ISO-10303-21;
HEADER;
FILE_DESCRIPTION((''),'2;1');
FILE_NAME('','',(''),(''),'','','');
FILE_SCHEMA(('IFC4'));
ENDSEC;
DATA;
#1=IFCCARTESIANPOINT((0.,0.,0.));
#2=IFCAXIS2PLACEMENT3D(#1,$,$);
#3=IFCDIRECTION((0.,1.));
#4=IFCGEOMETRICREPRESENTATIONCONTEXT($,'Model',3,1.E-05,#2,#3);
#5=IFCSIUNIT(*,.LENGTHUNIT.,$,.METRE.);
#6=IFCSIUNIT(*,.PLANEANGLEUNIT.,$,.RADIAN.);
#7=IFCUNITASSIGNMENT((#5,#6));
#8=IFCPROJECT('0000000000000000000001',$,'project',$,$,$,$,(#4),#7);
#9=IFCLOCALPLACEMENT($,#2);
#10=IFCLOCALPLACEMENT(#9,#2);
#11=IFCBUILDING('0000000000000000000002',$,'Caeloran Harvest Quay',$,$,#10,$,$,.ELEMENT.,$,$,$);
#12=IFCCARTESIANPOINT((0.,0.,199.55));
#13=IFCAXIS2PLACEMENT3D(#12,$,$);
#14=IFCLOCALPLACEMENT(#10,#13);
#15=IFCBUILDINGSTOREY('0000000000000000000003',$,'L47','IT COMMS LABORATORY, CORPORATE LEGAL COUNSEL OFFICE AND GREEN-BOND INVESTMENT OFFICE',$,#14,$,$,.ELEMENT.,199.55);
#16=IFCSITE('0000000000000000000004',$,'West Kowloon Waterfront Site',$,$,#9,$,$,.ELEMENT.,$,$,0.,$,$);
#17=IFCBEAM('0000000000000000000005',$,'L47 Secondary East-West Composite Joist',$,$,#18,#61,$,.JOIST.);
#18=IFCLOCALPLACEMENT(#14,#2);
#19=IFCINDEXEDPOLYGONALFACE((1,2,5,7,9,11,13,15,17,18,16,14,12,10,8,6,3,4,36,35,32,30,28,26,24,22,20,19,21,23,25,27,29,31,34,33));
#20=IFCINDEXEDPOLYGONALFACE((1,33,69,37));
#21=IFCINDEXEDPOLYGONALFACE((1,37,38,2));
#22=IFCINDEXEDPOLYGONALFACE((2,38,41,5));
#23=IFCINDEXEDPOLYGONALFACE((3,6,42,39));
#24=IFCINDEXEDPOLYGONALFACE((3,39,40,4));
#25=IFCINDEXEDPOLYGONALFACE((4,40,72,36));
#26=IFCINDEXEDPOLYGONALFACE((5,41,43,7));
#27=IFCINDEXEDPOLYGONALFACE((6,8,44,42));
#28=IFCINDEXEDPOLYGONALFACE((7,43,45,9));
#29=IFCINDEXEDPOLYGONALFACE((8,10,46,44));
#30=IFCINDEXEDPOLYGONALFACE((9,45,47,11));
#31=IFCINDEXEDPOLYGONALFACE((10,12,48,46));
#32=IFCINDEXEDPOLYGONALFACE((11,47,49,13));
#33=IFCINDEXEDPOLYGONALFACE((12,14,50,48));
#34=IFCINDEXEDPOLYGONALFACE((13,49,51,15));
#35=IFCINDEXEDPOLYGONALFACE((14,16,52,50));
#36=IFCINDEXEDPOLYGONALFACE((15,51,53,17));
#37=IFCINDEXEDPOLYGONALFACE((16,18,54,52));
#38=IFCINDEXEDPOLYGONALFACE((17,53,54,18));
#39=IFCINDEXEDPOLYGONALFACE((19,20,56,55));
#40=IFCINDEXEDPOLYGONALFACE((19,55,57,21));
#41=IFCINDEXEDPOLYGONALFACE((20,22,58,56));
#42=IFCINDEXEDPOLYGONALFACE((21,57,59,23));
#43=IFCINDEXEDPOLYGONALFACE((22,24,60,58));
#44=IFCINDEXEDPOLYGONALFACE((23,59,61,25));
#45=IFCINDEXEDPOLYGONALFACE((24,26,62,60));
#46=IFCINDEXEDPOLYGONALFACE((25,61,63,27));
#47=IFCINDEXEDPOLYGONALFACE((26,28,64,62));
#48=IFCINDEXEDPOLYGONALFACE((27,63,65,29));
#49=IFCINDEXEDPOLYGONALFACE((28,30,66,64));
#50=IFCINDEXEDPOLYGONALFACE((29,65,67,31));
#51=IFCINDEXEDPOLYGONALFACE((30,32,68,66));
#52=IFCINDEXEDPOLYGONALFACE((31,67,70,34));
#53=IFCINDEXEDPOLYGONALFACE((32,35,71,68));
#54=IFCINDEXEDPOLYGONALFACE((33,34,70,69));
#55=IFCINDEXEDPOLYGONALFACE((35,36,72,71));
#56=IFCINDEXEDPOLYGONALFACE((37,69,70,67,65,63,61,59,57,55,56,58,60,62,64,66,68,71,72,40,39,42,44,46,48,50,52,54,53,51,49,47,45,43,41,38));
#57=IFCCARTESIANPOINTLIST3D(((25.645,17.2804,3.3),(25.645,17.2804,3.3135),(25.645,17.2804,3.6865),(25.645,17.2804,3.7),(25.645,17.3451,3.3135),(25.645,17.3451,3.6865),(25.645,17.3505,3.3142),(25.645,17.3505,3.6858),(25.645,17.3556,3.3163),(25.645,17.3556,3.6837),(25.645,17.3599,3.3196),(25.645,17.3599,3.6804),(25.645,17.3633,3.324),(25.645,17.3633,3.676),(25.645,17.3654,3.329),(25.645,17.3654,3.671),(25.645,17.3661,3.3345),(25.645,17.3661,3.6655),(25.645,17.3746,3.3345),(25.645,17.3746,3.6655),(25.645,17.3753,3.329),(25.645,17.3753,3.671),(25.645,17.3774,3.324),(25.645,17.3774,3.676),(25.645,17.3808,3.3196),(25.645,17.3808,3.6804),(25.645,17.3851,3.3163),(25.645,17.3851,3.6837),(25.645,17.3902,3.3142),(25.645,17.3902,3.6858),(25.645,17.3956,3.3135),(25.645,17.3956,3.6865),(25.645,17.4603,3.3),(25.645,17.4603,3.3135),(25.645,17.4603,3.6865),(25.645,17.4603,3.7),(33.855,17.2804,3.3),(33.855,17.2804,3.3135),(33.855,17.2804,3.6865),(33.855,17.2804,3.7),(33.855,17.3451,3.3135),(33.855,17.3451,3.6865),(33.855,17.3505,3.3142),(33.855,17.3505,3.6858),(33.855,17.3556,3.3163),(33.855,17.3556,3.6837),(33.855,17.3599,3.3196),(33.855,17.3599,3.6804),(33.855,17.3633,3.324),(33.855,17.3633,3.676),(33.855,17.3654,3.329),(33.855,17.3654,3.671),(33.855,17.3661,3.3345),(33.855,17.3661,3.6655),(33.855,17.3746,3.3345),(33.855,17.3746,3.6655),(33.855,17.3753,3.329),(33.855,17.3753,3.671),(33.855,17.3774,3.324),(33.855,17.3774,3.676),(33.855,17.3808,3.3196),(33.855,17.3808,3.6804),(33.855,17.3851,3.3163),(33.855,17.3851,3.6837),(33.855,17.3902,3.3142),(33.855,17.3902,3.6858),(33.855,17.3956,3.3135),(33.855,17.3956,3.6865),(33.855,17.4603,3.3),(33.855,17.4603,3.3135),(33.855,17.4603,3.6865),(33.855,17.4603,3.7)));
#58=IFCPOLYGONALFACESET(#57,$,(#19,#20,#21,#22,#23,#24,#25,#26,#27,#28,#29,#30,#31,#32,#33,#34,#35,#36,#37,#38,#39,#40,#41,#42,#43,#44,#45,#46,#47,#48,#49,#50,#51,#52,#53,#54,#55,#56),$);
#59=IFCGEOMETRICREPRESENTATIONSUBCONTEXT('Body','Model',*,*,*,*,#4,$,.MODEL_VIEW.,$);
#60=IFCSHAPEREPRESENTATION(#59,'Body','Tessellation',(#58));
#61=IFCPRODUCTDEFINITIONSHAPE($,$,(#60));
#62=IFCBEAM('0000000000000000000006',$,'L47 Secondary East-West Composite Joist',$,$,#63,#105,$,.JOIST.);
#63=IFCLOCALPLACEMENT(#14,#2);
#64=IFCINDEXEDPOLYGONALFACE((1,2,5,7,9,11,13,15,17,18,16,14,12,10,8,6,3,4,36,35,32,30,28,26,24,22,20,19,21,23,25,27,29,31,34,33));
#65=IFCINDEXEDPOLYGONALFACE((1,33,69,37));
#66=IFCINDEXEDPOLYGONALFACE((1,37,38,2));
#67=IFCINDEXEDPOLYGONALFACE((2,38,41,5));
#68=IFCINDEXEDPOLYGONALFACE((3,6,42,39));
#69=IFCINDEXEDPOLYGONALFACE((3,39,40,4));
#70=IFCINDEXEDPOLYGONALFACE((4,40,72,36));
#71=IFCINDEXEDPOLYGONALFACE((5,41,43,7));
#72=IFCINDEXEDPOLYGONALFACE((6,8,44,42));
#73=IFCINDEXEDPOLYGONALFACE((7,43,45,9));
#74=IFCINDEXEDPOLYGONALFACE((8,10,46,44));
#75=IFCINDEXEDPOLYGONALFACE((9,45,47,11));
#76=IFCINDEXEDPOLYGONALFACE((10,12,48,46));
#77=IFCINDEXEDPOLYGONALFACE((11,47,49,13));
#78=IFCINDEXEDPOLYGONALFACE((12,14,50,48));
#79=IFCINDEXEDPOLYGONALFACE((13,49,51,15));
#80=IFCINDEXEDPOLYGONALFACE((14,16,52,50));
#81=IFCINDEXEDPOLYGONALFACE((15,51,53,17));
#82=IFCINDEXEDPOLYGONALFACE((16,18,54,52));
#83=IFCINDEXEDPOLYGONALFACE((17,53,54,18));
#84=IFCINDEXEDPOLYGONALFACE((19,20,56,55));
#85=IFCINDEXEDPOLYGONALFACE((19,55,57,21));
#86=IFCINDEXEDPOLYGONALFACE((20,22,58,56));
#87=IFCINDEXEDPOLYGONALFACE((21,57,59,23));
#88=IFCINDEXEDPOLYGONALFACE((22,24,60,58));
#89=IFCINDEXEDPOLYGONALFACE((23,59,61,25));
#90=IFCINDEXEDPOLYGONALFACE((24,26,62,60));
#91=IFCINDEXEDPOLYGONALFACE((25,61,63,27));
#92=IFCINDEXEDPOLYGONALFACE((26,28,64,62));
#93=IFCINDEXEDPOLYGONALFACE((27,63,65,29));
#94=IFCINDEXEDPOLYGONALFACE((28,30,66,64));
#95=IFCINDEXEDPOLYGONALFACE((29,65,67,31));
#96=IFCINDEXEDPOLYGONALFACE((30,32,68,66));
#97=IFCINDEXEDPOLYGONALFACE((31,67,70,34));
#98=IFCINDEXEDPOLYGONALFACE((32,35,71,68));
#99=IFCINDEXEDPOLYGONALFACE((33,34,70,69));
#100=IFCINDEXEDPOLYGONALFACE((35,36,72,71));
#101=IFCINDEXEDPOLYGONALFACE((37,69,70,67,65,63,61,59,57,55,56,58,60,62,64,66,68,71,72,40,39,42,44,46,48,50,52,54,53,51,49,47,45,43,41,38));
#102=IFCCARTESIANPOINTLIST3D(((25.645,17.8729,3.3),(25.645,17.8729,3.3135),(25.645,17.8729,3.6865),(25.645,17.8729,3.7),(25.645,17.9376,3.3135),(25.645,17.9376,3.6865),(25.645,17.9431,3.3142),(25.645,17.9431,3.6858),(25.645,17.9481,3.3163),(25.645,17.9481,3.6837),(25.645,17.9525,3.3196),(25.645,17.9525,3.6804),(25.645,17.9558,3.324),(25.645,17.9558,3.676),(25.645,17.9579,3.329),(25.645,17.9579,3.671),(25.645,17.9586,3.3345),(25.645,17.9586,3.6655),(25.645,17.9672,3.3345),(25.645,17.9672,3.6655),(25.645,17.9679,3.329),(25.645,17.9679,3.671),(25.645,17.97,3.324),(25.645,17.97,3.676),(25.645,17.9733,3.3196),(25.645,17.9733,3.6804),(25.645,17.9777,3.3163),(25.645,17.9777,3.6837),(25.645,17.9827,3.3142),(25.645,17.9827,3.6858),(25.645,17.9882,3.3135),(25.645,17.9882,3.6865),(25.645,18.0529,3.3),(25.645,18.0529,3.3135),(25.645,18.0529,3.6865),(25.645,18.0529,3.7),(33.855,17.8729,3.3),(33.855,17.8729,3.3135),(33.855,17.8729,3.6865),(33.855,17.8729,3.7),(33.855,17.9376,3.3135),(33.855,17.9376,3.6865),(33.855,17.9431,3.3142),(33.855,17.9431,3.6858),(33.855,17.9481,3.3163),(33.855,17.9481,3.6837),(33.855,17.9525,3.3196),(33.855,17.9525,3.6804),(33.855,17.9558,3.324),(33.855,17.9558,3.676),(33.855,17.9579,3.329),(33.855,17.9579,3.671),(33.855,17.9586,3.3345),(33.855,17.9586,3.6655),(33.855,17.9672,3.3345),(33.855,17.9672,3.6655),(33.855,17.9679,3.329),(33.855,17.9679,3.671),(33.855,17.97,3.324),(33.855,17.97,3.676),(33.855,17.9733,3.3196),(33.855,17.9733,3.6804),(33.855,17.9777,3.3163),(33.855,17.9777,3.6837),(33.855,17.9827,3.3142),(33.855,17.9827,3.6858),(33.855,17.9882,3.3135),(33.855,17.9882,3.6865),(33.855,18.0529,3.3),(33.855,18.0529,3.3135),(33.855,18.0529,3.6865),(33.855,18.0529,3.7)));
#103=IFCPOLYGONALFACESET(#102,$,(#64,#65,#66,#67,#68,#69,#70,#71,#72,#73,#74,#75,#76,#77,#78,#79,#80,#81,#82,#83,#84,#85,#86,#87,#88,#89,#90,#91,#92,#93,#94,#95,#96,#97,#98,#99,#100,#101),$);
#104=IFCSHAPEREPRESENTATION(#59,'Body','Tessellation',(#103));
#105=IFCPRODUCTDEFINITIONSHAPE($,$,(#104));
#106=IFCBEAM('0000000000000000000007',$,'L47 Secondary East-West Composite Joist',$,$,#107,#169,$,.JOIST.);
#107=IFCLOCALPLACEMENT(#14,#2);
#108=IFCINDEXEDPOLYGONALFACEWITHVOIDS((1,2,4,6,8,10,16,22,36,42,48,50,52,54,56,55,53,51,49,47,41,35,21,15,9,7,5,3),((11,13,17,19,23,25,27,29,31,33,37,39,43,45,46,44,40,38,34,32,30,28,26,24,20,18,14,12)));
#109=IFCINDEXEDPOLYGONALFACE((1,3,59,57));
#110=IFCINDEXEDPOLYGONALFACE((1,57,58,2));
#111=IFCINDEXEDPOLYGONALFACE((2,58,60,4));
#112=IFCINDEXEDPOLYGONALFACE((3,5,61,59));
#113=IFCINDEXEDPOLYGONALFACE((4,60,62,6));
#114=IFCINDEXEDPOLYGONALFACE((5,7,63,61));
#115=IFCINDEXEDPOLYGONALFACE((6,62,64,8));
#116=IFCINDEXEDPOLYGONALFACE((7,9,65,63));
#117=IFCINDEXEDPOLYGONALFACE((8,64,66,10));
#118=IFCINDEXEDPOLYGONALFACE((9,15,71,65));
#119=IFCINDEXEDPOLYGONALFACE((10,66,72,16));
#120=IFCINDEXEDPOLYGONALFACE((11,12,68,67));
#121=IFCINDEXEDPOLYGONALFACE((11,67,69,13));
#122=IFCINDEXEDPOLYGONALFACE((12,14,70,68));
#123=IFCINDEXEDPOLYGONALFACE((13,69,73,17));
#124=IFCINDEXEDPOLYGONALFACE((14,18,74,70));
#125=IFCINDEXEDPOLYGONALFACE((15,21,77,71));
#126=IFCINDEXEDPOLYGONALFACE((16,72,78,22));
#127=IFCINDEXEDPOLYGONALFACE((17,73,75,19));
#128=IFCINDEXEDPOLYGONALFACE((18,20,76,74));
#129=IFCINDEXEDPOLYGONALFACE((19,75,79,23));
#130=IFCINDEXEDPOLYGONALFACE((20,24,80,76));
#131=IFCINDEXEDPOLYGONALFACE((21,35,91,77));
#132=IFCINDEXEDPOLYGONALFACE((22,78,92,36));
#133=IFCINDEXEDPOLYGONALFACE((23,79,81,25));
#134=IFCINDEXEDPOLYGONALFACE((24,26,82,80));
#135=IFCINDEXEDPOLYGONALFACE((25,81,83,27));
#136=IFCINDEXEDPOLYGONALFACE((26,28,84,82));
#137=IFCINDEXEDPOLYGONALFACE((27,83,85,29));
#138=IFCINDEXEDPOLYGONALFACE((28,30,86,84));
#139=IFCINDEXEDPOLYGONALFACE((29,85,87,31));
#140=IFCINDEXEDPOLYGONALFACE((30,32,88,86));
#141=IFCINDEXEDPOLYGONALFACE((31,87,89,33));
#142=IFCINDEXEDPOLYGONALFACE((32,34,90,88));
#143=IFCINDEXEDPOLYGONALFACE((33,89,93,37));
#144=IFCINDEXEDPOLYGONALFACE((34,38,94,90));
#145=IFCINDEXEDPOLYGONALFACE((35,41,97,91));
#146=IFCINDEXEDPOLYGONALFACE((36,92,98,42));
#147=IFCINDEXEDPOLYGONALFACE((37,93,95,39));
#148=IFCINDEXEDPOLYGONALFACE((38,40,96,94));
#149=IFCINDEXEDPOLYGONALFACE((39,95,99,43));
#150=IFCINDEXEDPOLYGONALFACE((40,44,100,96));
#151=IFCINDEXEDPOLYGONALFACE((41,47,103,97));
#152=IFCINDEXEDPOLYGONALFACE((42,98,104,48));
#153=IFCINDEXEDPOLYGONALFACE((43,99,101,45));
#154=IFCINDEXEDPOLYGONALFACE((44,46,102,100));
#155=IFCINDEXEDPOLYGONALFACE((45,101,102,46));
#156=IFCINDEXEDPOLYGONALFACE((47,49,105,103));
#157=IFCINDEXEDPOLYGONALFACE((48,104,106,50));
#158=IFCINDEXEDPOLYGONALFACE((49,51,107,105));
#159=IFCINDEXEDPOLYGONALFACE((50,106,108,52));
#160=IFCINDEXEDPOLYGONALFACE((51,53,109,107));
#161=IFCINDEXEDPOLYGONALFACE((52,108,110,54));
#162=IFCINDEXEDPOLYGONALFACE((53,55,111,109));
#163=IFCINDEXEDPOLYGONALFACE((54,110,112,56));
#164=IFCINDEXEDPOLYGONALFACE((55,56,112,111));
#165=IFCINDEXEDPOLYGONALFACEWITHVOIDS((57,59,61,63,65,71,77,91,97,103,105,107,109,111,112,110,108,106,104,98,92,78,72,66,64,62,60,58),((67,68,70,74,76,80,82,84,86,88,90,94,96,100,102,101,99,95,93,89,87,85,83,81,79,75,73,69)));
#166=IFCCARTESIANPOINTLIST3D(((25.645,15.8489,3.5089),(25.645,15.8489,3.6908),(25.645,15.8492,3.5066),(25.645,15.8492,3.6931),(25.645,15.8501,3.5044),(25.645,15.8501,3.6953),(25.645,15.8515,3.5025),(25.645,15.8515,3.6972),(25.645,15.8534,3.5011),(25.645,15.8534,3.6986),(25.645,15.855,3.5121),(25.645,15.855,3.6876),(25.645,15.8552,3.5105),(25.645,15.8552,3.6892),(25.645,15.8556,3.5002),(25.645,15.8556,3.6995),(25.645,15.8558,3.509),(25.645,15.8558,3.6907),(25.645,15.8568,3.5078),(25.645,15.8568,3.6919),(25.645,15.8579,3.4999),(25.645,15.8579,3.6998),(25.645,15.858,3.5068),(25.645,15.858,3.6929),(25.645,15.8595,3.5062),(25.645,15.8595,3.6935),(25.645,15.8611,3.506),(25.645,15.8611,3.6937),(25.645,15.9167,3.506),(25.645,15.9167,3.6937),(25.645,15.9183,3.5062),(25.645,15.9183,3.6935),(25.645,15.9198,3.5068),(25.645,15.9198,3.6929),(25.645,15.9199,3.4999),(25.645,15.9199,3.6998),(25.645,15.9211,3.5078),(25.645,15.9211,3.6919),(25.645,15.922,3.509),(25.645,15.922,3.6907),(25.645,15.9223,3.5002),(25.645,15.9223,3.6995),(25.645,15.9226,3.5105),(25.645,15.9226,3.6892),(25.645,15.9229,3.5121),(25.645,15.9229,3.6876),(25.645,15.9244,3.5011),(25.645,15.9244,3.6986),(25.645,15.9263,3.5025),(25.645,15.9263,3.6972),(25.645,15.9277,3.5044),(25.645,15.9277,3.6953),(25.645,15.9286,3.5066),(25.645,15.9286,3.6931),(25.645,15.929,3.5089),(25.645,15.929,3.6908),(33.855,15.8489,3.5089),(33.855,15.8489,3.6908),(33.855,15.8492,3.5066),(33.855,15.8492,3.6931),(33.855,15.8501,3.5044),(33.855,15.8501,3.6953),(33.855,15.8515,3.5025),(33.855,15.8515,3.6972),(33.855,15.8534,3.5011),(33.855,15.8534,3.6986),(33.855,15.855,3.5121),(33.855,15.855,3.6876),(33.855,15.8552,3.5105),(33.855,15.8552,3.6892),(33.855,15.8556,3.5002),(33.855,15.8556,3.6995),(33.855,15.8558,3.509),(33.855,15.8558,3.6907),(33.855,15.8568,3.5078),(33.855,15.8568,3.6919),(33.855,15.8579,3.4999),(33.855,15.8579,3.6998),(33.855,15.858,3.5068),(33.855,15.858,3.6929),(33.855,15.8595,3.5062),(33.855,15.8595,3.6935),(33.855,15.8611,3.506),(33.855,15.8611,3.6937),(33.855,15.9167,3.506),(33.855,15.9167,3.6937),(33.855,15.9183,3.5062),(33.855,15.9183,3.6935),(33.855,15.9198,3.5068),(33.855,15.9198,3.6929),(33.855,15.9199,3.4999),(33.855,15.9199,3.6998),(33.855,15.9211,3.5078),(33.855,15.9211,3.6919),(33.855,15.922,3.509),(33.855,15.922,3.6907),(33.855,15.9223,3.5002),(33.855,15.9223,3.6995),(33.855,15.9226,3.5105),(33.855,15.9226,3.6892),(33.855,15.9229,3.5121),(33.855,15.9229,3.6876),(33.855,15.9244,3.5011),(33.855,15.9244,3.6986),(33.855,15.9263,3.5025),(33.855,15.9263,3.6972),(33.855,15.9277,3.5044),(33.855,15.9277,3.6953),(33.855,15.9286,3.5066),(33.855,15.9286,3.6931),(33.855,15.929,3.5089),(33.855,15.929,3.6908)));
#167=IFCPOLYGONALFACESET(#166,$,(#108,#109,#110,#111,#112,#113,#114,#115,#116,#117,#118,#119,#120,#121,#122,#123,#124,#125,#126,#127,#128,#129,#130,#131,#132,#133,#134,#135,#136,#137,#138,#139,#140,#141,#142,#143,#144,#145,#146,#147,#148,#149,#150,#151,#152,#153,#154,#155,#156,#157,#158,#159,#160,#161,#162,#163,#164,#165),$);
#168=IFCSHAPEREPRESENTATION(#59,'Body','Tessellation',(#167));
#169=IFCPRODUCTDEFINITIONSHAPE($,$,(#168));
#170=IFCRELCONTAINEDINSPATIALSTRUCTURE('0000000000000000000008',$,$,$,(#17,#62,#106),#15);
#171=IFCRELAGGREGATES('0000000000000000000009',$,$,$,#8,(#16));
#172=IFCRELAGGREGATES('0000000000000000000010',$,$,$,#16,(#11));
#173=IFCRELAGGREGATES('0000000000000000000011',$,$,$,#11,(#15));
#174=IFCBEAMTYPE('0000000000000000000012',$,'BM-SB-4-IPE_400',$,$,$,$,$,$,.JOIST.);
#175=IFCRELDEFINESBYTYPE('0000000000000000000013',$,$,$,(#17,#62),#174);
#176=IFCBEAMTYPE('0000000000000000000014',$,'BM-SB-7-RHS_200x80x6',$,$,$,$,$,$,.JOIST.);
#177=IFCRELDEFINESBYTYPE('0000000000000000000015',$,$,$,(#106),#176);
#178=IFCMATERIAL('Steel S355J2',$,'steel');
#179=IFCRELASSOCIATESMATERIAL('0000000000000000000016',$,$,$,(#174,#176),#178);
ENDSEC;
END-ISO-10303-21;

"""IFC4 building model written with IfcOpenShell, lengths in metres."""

from ifc_helpers import new_model, si_unit, direction, frame, origin, origin_2d, place, context, subcontext, project, spatial, hollow_rectangle, i_section, extrude, material, material_profile, profile_set, type_object, element, save


model = new_model("IFC4")

# Units and contexts
model_context = context("Model", 3, precision=1e-05, world=origin(), true_north=direction((0.0, 1.0)))
body_context = subcontext(model_context, "Body", "Model", "MODEL_VIEW")
ifc_project = project(units=[si_unit("LENGTHUNIT", "METRE"), si_unit("PLANEANGLEUNIT", "RADIAN")], contexts=[model_context])

# Site, building, storey
site_placement = place(None, origin())
site = spatial("IfcSite", under=ifc_project, at=site_placement, Name="West Kowloon Waterfront Site", CompositionType="ELEMENT", RefElevation=0.0)
building_placement = place(site_placement, origin())
building = spatial("IfcBuilding", under=site, at=building_placement, Name="Caeloran Harvest Quay", CompositionType="ELEMENT")
storey_placement = place(building_placement, frame((0.0, 0.0, 199.55)))
storey = spatial("IfcBuildingStorey", under=building, at=storey_placement, Name="L47", Description="IT COMMS LABORATORY, CORPORATE LEGAL COUNSEL OFFICE AND GREEN-BOND INVESTMENT OFFICE", CompositionType="ELEMENT", Elevation=199.55)

# Beams
ifc_material_1 = material(Name="Steel S355J2", Category="steel")
ifc_material_profile_1 = material_profile(ifc_material_1, i_section(OverallWidth=0.1799, OverallDepth=0.3999, WebThickness=0.0085, FlangeThickness=0.0134, FilletRadius=0.021, at=origin_2d()), Name="IPE 400")
ifc_profile_set_1 = profile_set([ifc_material_profile_1], Name="Steel S355J2")
beam_type_1 = type_object("IfcBeamType", Name="BM-SB-4-IPE_400", PredefinedType="JOIST", material=ifc_profile_set_1)
for number, where, z_axis, x_axis, name in (
    (1, (25.645, 17.3704, 3.5), (1.0, 0.0, 0.0), (0.0, 1.0, 0.0), "L47 Secondary East-West Composite Joist"),
    (2, (25.645, 17.9629, 3.5), (1.0, 0.0, 0.0), (0.0, 1.0, 0.0), "L47 Secondary East-West Composite Joist"),
):
    element("IfcBeam", number, at=place(storey_placement, frame(where, z_axis=z_axis, x_axis=x_axis)), inside=storey, type_object=beam_type_1, Name=name, PredefinedType="JOIST", context=body_context, shape_type="SweptSolid", body=[
        extrude(i_section(OverallWidth=0.1799, OverallDepth=0.3999, WebThickness=0.0085, FlangeThickness=0.0134, FilletRadius=0.021, at=origin_2d()), origin(), (0.0, 0.0, 1.0), 8.21),
    ])
ifc_material_profile_2 = material_profile(ifc_material_1, hollow_rectangle(XDim=0.0801, YDim=0.2, WallThickness=0.0061, InnerFilletRadius=0.0061, OuterFilletRadius=0.009, at=origin_2d()), Name="RHS 200x80x6")
ifc_profile_set_2 = profile_set([ifc_material_profile_2], Name="Steel S355J2")
beam_type_2 = type_object("IfcBeamType", Name="BM-SB-7-RHS_200x80x6", PredefinedType="JOIST", material=ifc_profile_set_2)
for number, where, z_axis, x_axis, name in (
    (3, (25.645, 15.8889, 3.5999), (1.0, 0.0, 0.0), (0.0, 1.0, 0.0), "L47 Secondary East-West Composite Joist"),
):
    element("IfcBeam", number, at=place(storey_placement, frame(where, z_axis=z_axis, x_axis=x_axis)), inside=storey, type_object=beam_type_2, Name=name, PredefinedType="JOIST", context=body_context, shape_type="SweptSolid", body=[
        extrude(hollow_rectangle(XDim=0.0801, YDim=0.2, WallThickness=0.0061, InnerFilletRadius=0.0061, OuterFilletRadius=0.009, at=origin_2d()), origin(), (0.0, 0.0, 1.0), 8.21),
    ])

save(model, "model.ifc")
